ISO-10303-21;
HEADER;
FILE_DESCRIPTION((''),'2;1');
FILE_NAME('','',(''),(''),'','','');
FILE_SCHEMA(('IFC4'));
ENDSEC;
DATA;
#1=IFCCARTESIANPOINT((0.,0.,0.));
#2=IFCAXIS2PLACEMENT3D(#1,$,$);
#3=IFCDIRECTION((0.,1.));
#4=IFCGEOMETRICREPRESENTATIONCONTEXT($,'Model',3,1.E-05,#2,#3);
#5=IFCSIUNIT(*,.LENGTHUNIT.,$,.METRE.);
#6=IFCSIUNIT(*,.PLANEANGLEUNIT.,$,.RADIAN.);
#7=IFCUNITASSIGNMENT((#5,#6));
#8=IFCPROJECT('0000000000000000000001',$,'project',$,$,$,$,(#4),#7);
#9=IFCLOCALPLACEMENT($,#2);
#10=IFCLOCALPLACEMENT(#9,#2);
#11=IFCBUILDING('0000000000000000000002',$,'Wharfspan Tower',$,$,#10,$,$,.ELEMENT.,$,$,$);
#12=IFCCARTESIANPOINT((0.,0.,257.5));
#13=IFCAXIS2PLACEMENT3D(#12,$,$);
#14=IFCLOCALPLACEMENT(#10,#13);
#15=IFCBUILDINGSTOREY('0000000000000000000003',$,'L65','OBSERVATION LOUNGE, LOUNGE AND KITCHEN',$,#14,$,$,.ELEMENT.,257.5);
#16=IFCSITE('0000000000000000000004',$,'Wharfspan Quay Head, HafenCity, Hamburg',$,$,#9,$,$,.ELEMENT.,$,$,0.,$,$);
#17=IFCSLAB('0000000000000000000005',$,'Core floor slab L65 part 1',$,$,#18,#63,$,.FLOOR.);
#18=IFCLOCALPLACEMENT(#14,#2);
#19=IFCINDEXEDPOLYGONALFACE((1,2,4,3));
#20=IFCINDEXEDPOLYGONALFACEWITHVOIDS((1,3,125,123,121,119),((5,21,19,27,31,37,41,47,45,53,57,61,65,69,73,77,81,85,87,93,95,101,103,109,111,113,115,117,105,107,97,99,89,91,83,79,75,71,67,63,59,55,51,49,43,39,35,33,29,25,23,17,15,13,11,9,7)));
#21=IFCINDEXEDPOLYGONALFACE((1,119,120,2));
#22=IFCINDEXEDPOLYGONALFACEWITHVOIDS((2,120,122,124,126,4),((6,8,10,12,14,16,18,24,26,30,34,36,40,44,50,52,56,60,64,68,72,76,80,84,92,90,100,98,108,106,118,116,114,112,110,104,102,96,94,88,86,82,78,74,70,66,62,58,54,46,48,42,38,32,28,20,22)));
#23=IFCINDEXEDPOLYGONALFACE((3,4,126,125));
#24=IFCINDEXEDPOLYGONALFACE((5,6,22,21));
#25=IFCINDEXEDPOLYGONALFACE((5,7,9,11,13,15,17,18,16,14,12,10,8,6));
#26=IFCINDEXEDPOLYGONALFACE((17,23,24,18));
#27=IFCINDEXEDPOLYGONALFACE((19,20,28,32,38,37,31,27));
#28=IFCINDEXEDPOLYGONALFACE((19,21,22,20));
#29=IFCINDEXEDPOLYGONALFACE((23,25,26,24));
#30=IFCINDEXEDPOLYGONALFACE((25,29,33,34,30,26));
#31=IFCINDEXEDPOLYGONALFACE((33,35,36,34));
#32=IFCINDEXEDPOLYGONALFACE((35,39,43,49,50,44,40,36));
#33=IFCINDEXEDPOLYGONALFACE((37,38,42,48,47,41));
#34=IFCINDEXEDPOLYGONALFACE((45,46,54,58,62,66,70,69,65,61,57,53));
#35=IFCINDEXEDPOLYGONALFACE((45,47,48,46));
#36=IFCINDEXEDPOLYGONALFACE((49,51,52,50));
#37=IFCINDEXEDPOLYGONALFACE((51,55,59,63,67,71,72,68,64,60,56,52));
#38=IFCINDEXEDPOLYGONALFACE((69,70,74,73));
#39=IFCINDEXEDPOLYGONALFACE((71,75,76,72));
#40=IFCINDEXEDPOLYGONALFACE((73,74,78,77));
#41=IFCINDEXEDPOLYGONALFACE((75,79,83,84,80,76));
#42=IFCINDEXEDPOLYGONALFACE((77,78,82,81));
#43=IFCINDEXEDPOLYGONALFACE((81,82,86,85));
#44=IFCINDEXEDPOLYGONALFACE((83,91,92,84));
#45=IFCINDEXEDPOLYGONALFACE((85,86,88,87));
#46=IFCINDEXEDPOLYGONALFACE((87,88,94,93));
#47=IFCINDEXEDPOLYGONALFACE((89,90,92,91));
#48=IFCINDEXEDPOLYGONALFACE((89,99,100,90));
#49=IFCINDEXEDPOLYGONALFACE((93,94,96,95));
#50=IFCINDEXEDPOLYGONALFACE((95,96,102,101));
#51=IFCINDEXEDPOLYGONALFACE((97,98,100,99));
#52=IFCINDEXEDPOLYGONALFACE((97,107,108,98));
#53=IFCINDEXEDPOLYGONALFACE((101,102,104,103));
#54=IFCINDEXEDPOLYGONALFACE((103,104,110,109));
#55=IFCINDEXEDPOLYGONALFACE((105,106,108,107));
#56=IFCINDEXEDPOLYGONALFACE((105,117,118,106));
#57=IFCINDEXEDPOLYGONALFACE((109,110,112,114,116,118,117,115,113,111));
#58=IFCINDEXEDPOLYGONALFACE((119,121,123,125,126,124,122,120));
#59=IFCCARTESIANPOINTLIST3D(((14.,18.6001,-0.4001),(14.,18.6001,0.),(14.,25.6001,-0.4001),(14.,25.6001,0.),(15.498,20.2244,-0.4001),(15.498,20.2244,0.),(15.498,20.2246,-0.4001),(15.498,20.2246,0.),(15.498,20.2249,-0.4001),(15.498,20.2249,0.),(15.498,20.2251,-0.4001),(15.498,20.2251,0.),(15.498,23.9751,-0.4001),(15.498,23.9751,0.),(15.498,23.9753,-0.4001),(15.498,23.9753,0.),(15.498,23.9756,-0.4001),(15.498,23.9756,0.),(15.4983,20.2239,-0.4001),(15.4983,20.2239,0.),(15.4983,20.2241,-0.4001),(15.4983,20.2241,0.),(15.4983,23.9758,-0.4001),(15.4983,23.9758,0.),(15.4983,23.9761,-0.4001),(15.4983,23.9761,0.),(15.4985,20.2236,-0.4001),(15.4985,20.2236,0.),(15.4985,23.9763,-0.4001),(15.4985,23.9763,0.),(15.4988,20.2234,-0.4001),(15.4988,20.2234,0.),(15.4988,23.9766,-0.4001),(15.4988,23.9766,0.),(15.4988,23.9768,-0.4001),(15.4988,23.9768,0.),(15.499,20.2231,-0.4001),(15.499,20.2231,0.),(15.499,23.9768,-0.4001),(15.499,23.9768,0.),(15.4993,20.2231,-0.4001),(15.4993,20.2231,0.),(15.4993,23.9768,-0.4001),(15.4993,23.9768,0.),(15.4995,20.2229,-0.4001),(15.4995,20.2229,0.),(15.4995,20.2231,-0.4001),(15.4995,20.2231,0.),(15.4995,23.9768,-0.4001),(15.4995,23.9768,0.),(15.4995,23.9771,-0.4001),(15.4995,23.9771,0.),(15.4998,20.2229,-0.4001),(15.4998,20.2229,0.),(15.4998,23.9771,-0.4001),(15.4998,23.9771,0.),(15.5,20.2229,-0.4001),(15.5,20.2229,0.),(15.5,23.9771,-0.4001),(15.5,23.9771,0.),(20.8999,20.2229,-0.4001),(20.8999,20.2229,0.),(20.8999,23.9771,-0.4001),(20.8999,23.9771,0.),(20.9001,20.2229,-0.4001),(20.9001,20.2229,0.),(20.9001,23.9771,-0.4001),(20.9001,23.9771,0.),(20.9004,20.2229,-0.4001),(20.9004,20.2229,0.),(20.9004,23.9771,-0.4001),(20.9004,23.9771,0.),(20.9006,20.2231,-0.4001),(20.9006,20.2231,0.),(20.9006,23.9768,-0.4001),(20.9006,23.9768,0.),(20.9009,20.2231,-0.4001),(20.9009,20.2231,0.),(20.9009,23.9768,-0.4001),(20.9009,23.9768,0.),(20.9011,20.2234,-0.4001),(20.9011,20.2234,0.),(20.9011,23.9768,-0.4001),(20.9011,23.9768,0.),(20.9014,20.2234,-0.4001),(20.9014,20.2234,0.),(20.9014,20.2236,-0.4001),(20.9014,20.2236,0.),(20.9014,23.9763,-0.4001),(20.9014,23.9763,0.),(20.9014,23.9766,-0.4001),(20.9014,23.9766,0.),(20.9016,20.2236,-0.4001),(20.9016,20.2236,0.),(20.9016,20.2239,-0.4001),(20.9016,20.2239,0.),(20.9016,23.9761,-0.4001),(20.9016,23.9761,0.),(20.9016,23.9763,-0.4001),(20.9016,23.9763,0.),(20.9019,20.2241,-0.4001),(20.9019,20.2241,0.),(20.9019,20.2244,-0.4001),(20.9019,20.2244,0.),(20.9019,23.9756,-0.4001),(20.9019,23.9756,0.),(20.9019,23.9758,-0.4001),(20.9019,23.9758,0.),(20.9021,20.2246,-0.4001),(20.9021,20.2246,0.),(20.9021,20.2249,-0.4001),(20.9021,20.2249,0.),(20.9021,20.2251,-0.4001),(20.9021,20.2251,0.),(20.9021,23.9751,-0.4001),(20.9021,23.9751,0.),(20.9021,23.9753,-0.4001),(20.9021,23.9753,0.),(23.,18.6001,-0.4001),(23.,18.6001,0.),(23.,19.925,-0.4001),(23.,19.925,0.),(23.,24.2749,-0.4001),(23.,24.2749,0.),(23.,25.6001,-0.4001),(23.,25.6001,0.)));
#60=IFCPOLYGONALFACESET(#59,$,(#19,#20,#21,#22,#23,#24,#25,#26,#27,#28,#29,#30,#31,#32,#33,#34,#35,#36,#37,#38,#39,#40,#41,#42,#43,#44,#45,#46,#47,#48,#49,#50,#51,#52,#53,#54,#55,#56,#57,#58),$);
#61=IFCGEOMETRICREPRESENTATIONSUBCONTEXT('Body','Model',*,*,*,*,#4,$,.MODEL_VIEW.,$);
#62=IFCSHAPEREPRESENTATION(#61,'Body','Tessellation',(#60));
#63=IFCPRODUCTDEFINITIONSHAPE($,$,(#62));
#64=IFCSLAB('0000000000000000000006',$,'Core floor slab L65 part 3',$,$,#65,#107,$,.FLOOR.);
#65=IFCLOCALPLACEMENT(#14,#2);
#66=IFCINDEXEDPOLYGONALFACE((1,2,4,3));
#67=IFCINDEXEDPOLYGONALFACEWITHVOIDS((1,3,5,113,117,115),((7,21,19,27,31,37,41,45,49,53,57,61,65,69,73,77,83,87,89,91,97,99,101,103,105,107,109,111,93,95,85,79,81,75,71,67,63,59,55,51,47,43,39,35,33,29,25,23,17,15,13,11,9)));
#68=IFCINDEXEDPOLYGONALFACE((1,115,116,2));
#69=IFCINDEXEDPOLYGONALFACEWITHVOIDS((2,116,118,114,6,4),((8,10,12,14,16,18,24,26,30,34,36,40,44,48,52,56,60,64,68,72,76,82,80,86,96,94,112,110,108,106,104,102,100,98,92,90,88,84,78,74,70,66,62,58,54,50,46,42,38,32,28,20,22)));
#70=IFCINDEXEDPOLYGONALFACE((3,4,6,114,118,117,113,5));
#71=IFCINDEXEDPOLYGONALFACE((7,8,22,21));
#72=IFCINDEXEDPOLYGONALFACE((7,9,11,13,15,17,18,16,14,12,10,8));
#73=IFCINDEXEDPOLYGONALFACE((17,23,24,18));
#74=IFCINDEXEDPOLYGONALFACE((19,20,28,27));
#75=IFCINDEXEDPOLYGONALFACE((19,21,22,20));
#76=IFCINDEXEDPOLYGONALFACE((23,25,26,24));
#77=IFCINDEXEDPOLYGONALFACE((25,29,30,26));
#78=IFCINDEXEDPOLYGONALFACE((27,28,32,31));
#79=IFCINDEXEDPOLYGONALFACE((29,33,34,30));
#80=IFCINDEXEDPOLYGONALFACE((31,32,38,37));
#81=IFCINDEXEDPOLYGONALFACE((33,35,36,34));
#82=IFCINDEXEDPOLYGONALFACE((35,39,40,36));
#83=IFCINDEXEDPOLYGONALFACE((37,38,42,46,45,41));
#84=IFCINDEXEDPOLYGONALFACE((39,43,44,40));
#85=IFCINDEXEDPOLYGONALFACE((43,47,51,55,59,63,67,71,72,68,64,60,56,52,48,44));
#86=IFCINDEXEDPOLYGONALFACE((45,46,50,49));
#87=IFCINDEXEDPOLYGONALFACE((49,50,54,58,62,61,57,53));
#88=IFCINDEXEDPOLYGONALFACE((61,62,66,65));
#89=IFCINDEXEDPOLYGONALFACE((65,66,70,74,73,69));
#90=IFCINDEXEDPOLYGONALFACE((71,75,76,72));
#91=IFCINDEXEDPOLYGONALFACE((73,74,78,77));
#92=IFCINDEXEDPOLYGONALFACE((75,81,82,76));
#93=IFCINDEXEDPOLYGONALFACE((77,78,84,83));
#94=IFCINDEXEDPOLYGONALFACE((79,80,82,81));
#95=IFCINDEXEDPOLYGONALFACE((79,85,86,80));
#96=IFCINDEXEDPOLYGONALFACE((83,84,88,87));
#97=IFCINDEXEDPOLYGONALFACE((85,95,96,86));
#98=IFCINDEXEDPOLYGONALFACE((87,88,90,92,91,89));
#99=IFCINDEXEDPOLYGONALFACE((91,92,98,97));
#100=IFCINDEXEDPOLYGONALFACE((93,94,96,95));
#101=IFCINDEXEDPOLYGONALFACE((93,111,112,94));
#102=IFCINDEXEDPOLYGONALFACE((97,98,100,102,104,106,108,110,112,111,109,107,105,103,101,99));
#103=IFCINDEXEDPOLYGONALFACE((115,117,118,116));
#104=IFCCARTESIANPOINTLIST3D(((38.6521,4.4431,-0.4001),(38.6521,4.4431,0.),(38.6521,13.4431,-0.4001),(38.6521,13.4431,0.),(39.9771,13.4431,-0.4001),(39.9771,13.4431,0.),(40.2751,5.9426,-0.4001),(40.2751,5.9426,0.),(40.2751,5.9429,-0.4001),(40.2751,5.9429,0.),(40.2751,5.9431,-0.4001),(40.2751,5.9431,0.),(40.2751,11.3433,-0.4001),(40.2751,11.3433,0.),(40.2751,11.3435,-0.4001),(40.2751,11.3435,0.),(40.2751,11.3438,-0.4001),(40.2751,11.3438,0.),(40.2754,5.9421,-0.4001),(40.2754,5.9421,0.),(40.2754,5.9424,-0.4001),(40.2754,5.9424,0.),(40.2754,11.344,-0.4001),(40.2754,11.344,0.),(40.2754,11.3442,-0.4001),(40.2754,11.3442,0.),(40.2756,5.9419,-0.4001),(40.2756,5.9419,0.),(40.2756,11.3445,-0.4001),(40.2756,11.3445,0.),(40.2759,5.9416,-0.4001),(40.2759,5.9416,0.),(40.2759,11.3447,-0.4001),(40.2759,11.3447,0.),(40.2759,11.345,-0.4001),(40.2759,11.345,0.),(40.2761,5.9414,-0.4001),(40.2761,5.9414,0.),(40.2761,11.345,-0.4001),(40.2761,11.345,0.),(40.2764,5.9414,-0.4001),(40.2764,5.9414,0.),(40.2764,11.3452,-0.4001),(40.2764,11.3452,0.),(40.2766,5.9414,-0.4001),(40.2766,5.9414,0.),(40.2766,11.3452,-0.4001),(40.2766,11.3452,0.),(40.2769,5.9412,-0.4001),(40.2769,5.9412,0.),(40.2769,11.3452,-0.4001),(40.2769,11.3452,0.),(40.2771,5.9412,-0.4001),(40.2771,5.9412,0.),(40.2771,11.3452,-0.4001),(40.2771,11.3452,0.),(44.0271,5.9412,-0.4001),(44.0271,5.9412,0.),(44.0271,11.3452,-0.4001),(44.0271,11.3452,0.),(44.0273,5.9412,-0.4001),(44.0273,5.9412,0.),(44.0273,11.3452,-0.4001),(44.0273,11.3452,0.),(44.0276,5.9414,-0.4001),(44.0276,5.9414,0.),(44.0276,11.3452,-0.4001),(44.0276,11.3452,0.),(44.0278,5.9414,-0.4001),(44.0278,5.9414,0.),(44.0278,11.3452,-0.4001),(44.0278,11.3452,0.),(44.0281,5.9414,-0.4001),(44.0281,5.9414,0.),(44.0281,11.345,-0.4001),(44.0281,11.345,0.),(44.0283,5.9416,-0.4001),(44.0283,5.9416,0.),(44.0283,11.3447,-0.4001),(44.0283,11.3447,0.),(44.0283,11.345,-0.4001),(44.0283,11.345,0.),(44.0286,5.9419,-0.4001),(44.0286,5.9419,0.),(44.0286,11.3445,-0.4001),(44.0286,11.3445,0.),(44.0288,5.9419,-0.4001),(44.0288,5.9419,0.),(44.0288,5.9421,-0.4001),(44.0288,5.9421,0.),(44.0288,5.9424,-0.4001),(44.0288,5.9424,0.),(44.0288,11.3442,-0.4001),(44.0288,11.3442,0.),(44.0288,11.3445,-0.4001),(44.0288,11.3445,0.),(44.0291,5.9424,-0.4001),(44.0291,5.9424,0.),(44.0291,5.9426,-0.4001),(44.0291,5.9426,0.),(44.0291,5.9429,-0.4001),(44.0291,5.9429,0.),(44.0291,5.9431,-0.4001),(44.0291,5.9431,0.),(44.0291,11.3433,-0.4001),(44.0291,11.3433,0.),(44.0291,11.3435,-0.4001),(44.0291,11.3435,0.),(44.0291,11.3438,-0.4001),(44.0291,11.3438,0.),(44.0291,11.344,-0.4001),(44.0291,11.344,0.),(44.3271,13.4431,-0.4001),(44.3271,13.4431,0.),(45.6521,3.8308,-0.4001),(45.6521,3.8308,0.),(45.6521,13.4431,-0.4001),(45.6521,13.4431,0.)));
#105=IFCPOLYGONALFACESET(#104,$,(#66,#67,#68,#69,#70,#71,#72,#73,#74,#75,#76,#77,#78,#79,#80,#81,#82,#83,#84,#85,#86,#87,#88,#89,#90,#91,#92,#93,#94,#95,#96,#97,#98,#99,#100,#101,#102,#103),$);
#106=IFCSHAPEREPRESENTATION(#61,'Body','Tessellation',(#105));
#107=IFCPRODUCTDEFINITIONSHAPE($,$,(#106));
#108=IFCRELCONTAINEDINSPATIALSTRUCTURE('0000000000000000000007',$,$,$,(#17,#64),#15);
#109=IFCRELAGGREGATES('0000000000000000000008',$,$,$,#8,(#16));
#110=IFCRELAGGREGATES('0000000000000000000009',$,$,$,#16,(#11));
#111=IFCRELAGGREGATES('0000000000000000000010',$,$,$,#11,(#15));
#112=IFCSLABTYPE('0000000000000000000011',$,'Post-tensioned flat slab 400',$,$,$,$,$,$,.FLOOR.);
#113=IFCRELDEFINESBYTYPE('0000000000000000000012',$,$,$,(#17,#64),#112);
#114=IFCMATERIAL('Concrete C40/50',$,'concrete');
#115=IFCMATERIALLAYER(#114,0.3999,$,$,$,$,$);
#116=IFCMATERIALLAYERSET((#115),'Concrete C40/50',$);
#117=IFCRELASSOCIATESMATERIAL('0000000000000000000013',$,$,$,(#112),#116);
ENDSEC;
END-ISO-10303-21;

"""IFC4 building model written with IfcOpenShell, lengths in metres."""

from ifc_helpers import new_model, si_unit, direction, frame, origin, place, context, subcontext, project, spatial, polyline, outline, extrude, material, layer, layer_set, type_object, element, save


model = new_model("IFC4")

# Units and contexts
model_context = context("Model", 3, precision=1e-05, world=origin(), true_north=direction((0.0, 1.0)))
body_context = subcontext(model_context, "Body", "Model", "MODEL_VIEW")
ifc_project = project(units=[si_unit("LENGTHUNIT", "METRE"), si_unit("PLANEANGLEUNIT", "RADIAN")], contexts=[model_context])

# Site, building, storey
site_placement = place(None, origin())
site = spatial("IfcSite", under=ifc_project, at=site_placement, Name="Wharfspan Quay Head, HafenCity, Hamburg", CompositionType="ELEMENT", RefElevation=0.0)
building_placement = place(site_placement, origin())
building = spatial("IfcBuilding", under=site, at=building_placement, Name="Wharfspan Tower", CompositionType="ELEMENT")
storey_placement = place(building_placement, frame((0.0, 0.0, 257.5)))
storey = spatial("IfcBuildingStorey", under=building, at=storey_placement, Name="L65", Description="OBSERVATION LOUNGE, LOUNGE AND KITCHEN", CompositionType="ELEMENT", Elevation=257.5)

# Slabs
ifc_material_1 = material(Name="Concrete C40/50", Category="concrete")
ifc_layer_1 = layer(ifc_material_1, 0.3999)
ifc_layer_set_1 = layer_set([ifc_layer_1], Name="Concrete C40/50")
slab_type_1 = type_object("IfcSlabType", Name="Post-tensioned flat slab 400", PredefinedType="FLOOR", material=ifc_layer_set_1)
slab_1_placement = place(storey_placement, frame((0.0, 0.0, -0.4001)))
element("IfcSlab", 1, at=slab_1_placement, inside=storey, type_object=slab_type_1, Name="Core floor slab L65 part 1", PredefinedType="FLOOR", context=body_context, shape_type="SweptSolid", body=[
    extrude(outline(polyline([(23.0, 19.925), (23.0, 24.2749), (23.0, 25.6001), (14.0, 25.6001), (14.0, 18.6001), (23.0, 18.6001), (23.0, 19.925)]), holes=[polyline([(20.8999, 23.9771), (20.9001, 23.9771), (20.9004, 23.9771), (20.9006, 23.9768), (20.9009, 23.9768), (20.9009, 23.9768), (20.9011, 23.9768), (20.9014, 23.9766), (20.9014, 23.9763), (20.9016, 23.9763), (20.9016, 23.9761), (20.9019, 23.9758), (20.9019, 23.9758), (20.9019, 23.9756), (20.9021, 23.9753), (20.9021, 23.9751), (20.9021, 23.9751), (20.9021, 20.2251), (20.9021, 20.2249), (20.9021, 20.2246), (20.9019, 20.2244), (20.9019, 20.2241), (20.9019, 20.2241), (20.9016, 20.2239), (20.9016, 20.2236), (20.9014, 20.2236), (20.9014, 20.2234), (20.9011, 20.2234), (20.9009, 20.2231), (20.9009, 20.2231), (20.9006, 20.2231), (20.9004, 20.2229), (20.9001, 20.2229), (20.8999, 20.2229), (15.5, 20.2229), (15.4998, 20.2229), (15.4995, 20.2229), (15.4995, 20.2231), (15.4993, 20.2231), (15.499, 20.2231), (15.4988, 20.2234), (15.4988, 20.2234), (15.4985, 20.2236), (15.4985, 20.2236), (15.4983, 20.2239), (15.4983, 20.2241), (15.4983, 20.2241), (15.498, 20.2244), (15.498, 20.2246), (15.498, 20.2249), (15.498, 20.2251), (15.498, 23.9751), (15.498, 23.9751), (15.498, 23.9753), (15.498, 23.9756), (15.4983, 23.9758), (15.4983, 23.9758), (15.4983, 23.9761), (15.4985, 23.9763), (15.4985, 23.9763), (15.4988, 23.9766), (15.4988, 23.9768), (15.499, 23.9768), (15.4993, 23.9768), (15.4995, 23.9768), (15.4995, 23.9771), (15.4998, 23.9771), (15.5, 23.9771), (20.8999, 23.9771)])]), origin(), (0.0, 0.0, 1.0), 0.4001),
])
slab_2_placement = place(storey_placement, frame((0.0, 0.0, -0.4001)))
element("IfcSlab", 2, at=slab_2_placement, inside=storey, type_object=slab_type_1, Name="Core floor slab L65 part 3", PredefinedType="FLOOR", context=body_context, shape_type="SweptSolid", body=[
    extrude(outline(polyline([(44.3271, 13.4431), (39.9771, 13.4431), (38.6521, 13.4431), (38.6521, 4.4431), (45.6521, 3.8308), (45.6521, 13.4431), (44.3271, 13.4431)]), holes=[polyline([(40.2751, 11.3433), (40.2751, 11.3435), (40.2751, 11.3435), (40.2751, 11.3438), (40.2754, 11.344), (40.2754, 11.3442), (40.2754, 11.3442), (40.2756, 11.3445), (40.2756, 11.3445), (40.2759, 11.3447), (40.2759, 11.345), (40.2761, 11.345), (40.2764, 11.3452), (40.2766, 11.3452), (40.2766, 11.3452), (40.2769, 11.3452), (40.2771, 11.3452), (44.0271, 11.3452), (44.0273, 11.3452), (44.0276, 11.3452), (44.0276, 11.3452), (44.0278, 11.3452), (44.0281, 11.345), (44.0283, 11.345), (44.0283, 11.3447), (44.0286, 11.3445), (44.0288, 11.3445), (44.0288, 11.3442), (44.0288, 11.3442), (44.0291, 11.344), (44.0291, 11.3438), (44.0291, 11.3435), (44.0291, 11.3435), (44.0291, 11.3433), (44.0291, 5.9431), (44.0291, 5.9431), (44.0291, 5.9429), (44.0291, 5.9426), (44.0291, 5.9424), (44.0288, 5.9424), (44.0288, 5.9421), (44.0288, 5.9419), (44.0286, 5.9419), (44.0283, 5.9417), (44.0283, 5.9417), (44.0281, 5.9414), (44.0278, 5.9414), (44.0276, 5.9414), (44.0276, 5.9414), (44.0273, 5.9412), (44.0271, 5.9412), (40.2771, 5.9412), (40.2769, 5.9412), (40.2766, 5.9414), (40.2766, 5.9414), (40.2764, 5.9414), (40.2761, 5.9414), (40.2759, 5.9417), (40.2759, 5.9417), (40.2756, 5.9419), (40.2756, 5.9419), (40.2754, 5.9421), (40.2754, 5.9424), (40.2754, 5.9424), (40.2751, 5.9426), (40.2751, 5.9429), (40.2751, 5.9431), (40.2751, 5.9431), (40.2751, 11.3433)])]), origin(), (0.0, 0.0, 1.0), 0.4001),
])

save(model, "model.ifc")
